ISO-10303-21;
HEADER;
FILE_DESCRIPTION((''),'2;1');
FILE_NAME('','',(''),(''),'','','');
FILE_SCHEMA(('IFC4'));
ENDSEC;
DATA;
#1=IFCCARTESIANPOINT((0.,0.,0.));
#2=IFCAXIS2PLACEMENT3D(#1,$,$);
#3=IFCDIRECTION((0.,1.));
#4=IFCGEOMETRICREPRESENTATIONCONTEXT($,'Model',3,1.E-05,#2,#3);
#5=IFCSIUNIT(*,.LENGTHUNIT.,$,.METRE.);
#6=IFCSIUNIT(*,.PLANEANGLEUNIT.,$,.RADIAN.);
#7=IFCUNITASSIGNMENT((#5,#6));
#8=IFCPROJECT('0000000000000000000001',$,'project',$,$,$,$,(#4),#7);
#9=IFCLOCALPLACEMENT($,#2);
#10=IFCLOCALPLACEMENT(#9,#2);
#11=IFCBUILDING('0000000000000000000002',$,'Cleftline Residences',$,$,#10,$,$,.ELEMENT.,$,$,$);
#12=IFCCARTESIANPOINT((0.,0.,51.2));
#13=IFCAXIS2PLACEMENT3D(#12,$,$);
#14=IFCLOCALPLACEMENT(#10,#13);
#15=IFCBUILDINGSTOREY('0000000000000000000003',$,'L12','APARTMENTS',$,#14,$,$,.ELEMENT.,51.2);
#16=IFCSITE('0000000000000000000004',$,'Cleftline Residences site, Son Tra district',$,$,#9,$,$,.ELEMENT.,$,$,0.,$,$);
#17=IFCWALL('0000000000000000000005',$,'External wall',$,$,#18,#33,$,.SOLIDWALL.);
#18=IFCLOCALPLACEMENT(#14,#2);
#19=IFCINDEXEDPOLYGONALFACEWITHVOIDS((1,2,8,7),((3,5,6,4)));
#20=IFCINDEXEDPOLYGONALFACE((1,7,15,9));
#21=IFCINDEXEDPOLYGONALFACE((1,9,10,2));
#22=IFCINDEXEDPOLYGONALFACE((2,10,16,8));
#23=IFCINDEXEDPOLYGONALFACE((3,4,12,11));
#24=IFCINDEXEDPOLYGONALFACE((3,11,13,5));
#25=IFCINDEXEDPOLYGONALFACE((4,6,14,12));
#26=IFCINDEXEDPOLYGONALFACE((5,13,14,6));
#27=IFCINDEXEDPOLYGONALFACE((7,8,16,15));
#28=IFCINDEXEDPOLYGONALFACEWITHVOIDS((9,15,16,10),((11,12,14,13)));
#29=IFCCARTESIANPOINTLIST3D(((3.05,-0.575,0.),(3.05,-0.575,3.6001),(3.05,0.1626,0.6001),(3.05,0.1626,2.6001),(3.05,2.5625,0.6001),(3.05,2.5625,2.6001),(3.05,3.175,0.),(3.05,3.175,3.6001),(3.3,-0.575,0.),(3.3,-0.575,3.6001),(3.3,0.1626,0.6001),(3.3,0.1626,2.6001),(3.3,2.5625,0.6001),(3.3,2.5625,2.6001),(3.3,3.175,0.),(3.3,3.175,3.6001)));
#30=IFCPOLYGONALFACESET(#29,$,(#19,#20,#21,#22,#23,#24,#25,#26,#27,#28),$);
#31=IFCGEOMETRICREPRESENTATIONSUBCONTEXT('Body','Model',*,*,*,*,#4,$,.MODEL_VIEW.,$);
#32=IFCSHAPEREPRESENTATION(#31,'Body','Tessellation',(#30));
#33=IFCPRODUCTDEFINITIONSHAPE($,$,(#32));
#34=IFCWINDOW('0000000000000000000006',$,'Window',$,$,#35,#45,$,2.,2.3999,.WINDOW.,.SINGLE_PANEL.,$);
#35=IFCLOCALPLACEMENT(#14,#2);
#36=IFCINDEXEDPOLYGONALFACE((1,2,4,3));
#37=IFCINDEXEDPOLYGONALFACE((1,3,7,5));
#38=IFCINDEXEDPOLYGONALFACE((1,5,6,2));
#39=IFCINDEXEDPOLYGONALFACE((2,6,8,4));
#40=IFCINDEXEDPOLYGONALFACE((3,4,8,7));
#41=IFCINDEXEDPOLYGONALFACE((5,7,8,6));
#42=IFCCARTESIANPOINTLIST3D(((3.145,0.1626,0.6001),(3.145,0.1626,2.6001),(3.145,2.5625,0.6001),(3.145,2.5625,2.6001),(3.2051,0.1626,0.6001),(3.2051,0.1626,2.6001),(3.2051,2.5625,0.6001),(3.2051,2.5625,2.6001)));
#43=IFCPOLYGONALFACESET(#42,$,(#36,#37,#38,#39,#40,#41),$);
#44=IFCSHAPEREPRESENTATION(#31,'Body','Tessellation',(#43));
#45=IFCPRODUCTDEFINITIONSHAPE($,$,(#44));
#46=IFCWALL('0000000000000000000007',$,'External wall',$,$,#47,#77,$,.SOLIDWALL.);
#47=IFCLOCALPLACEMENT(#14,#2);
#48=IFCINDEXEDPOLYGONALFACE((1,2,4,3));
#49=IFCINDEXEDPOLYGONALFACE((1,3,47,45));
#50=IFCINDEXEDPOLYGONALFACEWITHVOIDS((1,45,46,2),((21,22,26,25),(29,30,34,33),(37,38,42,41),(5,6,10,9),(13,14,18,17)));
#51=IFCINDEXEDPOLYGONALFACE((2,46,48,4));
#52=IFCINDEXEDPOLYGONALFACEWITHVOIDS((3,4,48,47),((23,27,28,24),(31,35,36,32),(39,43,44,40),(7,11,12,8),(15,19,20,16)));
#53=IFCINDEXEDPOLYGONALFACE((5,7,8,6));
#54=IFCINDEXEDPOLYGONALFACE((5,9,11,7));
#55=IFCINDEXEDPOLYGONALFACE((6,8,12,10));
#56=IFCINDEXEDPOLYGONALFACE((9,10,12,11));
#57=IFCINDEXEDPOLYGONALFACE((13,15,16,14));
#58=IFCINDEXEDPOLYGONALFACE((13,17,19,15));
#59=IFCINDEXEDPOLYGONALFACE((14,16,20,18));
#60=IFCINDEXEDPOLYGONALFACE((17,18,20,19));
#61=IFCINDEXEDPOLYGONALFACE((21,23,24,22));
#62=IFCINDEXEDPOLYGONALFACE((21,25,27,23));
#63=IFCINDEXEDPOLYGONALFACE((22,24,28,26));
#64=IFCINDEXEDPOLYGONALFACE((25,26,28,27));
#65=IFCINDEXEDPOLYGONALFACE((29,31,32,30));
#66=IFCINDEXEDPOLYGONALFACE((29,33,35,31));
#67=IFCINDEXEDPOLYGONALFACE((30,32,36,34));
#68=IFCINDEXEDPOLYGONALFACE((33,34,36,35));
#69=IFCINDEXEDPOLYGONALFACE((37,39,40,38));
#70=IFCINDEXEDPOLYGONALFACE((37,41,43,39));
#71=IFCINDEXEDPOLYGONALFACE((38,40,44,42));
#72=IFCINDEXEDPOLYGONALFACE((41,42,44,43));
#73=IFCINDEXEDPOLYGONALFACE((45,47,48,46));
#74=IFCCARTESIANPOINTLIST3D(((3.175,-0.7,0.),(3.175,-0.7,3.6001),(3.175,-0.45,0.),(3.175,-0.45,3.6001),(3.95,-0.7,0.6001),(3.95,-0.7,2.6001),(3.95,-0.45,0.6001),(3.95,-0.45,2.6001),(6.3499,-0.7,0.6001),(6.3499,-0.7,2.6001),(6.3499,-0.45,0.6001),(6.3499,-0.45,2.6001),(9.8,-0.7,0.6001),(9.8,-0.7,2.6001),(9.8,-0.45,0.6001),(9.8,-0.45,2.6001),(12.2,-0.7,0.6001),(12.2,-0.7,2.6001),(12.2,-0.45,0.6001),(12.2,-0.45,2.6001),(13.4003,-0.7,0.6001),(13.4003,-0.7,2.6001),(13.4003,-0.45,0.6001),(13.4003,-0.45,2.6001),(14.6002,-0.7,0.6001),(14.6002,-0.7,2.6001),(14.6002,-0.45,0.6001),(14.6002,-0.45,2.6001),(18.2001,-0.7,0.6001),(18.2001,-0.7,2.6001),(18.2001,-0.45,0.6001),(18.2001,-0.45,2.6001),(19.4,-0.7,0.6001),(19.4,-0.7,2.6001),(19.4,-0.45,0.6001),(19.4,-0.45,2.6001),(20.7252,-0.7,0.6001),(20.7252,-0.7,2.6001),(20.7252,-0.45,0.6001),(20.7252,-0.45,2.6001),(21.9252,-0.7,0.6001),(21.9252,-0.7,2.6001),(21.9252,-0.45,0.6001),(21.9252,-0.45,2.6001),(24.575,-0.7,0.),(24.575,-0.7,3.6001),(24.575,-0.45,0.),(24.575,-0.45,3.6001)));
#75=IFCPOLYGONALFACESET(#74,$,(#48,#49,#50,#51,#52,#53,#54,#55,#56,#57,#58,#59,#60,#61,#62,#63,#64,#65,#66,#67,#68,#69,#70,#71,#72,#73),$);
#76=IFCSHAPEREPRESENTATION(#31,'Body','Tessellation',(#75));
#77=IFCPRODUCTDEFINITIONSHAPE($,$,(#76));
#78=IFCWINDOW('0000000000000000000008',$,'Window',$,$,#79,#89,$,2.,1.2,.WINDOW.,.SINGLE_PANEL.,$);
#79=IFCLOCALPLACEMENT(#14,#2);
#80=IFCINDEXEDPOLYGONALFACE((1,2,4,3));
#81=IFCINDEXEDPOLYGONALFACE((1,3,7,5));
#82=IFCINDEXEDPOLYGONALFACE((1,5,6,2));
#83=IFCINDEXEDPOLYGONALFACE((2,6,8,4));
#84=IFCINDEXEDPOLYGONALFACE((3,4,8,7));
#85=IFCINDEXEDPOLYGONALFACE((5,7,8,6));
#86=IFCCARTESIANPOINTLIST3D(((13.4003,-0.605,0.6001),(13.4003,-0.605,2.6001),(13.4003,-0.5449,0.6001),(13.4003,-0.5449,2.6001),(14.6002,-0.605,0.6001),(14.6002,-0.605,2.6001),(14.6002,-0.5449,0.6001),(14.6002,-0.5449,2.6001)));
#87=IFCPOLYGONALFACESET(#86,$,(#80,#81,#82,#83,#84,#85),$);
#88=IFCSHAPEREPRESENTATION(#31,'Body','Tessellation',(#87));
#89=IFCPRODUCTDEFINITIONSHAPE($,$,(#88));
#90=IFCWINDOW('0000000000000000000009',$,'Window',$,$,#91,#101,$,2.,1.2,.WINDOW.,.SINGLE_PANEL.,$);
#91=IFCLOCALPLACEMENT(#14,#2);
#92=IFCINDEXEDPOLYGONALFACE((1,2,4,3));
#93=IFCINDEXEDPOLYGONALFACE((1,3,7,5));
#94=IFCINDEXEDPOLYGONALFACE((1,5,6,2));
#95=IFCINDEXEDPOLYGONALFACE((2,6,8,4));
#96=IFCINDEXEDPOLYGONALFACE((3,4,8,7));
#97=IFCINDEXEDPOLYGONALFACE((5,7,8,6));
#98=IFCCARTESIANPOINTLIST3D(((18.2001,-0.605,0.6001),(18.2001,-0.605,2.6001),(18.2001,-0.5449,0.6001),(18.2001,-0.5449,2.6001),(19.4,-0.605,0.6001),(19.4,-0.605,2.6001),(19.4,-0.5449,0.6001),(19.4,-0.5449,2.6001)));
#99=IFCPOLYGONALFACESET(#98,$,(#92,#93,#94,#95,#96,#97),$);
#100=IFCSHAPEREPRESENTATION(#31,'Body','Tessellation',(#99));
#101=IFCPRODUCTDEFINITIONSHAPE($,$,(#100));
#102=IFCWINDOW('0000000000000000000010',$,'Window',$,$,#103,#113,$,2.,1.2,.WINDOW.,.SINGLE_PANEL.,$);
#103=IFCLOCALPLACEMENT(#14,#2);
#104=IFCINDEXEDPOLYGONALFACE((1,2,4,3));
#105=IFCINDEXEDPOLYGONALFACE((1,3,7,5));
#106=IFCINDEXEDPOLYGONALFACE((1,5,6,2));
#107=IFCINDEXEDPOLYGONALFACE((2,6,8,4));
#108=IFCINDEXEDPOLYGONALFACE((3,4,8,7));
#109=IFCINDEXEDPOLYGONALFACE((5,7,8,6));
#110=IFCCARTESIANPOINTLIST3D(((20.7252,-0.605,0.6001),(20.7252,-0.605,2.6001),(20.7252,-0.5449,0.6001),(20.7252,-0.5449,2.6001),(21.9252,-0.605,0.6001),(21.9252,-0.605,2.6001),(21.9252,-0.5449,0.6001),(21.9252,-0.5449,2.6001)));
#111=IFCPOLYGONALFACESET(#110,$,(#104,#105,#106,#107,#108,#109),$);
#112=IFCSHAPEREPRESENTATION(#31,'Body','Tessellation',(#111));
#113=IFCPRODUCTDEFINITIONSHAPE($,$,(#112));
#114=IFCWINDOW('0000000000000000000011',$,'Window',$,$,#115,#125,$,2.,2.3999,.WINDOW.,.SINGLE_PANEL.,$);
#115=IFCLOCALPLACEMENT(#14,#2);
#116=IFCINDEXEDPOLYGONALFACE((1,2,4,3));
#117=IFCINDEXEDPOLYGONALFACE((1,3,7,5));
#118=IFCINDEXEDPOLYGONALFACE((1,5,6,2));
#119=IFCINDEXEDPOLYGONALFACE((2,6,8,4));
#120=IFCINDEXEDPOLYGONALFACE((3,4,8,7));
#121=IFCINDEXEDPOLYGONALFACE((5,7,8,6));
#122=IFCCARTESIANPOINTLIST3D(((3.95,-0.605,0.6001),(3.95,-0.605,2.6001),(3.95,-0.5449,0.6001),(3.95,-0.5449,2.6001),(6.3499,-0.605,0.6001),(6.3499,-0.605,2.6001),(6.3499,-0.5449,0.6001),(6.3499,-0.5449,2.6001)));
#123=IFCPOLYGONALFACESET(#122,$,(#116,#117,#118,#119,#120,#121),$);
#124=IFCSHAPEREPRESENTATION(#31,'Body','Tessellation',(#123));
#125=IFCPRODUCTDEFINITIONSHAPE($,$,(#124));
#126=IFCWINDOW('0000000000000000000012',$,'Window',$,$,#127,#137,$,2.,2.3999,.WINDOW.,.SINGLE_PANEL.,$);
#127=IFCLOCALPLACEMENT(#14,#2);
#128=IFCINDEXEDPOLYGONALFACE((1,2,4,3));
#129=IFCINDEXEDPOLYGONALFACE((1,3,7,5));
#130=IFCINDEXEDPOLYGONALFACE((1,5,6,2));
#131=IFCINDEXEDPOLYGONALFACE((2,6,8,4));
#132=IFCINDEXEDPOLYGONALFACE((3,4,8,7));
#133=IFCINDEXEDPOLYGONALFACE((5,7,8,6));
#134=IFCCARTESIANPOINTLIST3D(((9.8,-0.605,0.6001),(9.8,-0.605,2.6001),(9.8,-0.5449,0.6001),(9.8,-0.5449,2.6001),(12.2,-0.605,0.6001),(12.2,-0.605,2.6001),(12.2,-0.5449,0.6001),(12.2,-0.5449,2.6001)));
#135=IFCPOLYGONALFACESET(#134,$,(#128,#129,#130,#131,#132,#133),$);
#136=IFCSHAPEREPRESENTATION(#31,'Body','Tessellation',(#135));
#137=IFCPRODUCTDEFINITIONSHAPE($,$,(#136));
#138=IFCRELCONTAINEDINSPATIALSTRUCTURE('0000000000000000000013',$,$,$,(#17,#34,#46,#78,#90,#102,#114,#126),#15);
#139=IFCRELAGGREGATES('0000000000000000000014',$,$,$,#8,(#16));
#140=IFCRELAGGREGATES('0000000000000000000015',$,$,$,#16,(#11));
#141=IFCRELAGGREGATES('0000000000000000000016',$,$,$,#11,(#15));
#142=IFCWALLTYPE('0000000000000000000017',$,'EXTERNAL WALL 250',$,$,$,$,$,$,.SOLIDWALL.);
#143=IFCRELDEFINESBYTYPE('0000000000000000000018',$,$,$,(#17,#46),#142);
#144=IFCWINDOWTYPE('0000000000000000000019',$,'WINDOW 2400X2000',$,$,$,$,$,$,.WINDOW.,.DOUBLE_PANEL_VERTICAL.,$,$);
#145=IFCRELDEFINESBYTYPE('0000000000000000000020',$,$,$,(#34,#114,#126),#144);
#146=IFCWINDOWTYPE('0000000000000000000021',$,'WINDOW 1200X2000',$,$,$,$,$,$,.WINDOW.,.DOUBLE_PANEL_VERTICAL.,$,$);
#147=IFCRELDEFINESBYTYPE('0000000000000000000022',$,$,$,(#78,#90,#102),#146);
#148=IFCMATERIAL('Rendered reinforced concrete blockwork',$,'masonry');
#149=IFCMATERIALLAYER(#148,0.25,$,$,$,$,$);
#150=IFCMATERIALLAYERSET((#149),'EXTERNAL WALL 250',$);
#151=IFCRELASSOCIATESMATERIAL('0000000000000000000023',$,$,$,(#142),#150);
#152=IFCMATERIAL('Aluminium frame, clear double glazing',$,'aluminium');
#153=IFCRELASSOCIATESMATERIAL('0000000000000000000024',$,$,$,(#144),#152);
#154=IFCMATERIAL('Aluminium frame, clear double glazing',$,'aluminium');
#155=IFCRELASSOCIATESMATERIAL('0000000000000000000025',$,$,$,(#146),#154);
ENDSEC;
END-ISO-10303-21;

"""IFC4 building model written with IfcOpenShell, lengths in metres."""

from ifc_helpers import new_model, si_unit, direction, frame, frame_2d, origin, place, context, subcontext, project, spatial, rectangle, extrude, material, layer, layer_set, type_object, element, fill, save


model = new_model("IFC4")

# Units and contexts
model_context = context("Model", 3, precision=1e-05, world=origin(), true_north=direction((0.0, 1.0)))
body_context = subcontext(model_context, "Body", "Model", "MODEL_VIEW")
ifc_project = project(units=[si_unit("LENGTHUNIT", "METRE"), si_unit("PLANEANGLEUNIT", "RADIAN")], contexts=[model_context])

# Site, building, storey
site_placement = place(None, origin())
site = spatial("IfcSite", under=ifc_project, at=site_placement, Name="Cleftline Residences site, Son Tra district", CompositionType="ELEMENT", RefElevation=0.0)
building_placement = place(site_placement, origin())
building = spatial("IfcBuilding", under=site, at=building_placement, Name="Cleftline Residences", CompositionType="ELEMENT")
storey_placement = place(building_placement, frame((0.0, 0.0, 51.2)))
storey = spatial("IfcBuildingStorey", under=building, at=storey_placement, Name="L12", Description="APARTMENTS", CompositionType="ELEMENT", Elevation=51.2)

# Wall, opening, window
ifc_material_1 = material(Name="Rendered reinforced concrete blockwork", Category="masonry")
ifc_layer_1 = layer(ifc_material_1, 0.25)
ifc_layer_set_1 = layer_set([ifc_layer_1], Name="EXTERNAL WALL 250")
wall_type_1 = type_object("IfcWallType", Name="EXTERNAL WALL 250", PredefinedType="SOLIDWALL", material=ifc_layer_set_1)
wall_1_placement = place(storey_placement, frame((3.175, 3.175, 0.0), z_axis=(0.0, 0.0, 1.0), x_axis=(0.0, -1.0, 0.0)))
wall_1 = element("IfcWall", 1, at=wall_1_placement, inside=storey, type_object=wall_type_1, Name="External wall", PredefinedType="SOLIDWALL", context=body_context, shape_type="SweptSolid", body=[
    extrude(rectangle(XDim=3.75, YDim=0.25, at=frame_2d((1.875, 0.0))), origin(), (0.0, 0.0, 1.0), 3.6001),
])
opening_1_placement = place(wall_1_placement, frame((0.6125, 0.0, 0.6001)))
opening_1 = element("IfcOpeningElement", 2, at=opening_1_placement, cuts=wall_1, PredefinedType="OPENING", context=body_context, shape_type="SweptSolid", body=[
    extrude(rectangle(XDim=2.3999, YDim=2.0, at=frame_2d((1.2, 1.0))), frame((0.0, 0.135, 0.0), z_axis=(0.0, -1.0, 0.0), x_axis=(1.0, 0.0, 0.0)), (0.0, 0.0, 1.0), 0.27),
])
ifc_material_2 = material(Name="Aluminium frame, clear double glazing", Category="aluminium")
window_type_1 = type_object("IfcWindowType", Name="WINDOW 2400X2000", PartitioningType="DOUBLE_PANEL_VERTICAL", PredefinedType="WINDOW", material=ifc_material_2)
window_1_placement = place(opening_1_placement, origin())
window_1 = element("IfcWindow", 3, at=window_1_placement, inside=storey, type_object=window_type_1, Name="Window", OverallHeight=2.0, OverallWidth=2.3999, PartitioningType="SINGLE_PANEL", PredefinedType="WINDOW", context=body_context, shape_type="SweptSolid", body=[
    extrude(rectangle(XDim=2.3999, YDim=2.0, at=frame_2d((1.2, 1.0))), frame((0.0, 0.03, 0.0), z_axis=(0.0, -1.0, 0.0), x_axis=(1.0, 0.0, 0.0)), (0.0, 0.0, 1.0), 0.0601),
])
fill(opening_1, window_1)

# Wall, openings, windows
wall_2_placement = place(storey_placement, frame((3.175, -0.575, 0.0), z_axis=(0.0, 0.0, 1.0), x_axis=(1.0, 0.0, 0.0)))
wall_2 = element("IfcWall", 4, at=wall_2_placement, inside=storey, type_object=wall_type_1, Name="External wall", PredefinedType="SOLIDWALL", context=body_context, shape_type="SweptSolid", body=[
    extrude(rectangle(XDim=21.3999, YDim=0.25, at=frame_2d((10.7, 0.0))), origin(), (0.0, 0.0, 1.0), 3.6001),
])
opening_2_placement = place(wall_2_placement, frame((0.7749, 0.0, 0.6001)))
opening_2 = element("IfcOpeningElement", 5, at=opening_2_placement, cuts=wall_2, PredefinedType="OPENING", context=body_context, shape_type="SweptSolid", body=[
    extrude(rectangle(XDim=2.3999, YDim=2.0, at=frame_2d((1.2, 1.0))), frame((0.0, 0.135, 0.0), z_axis=(0.0, -1.0, 0.0), x_axis=(1.0, 0.0, 0.0)), (0.0, 0.0, 1.0), 0.27),
])
opening_3_placement = place(wall_2_placement, frame((6.625, 0.0, 0.6001)))
opening_3 = element("IfcOpeningElement", 6, at=opening_3_placement, cuts=wall_2, PredefinedType="OPENING", context=body_context, shape_type="SweptSolid", body=[
    extrude(rectangle(XDim=2.3999, YDim=2.0, at=frame_2d((1.2, 1.0))), frame((0.0, 0.135, 0.0), z_axis=(0.0, -1.0, 0.0), x_axis=(1.0, 0.0, 0.0)), (0.0, 0.0, 1.0), 0.27),
])
opening_4_placement = place(wall_2_placement, frame((10.2251, 0.0, 0.6001)))
opening_4 = element("IfcOpeningElement", 7, at=opening_4_placement, cuts=wall_2, PredefinedType="OPENING", context=body_context, shape_type="SweptSolid", body=[
    extrude(rectangle(XDim=1.2, YDim=2.0, at=frame_2d((0.6001, 1.0))), frame((0.0, 0.135, 0.0), z_axis=(0.0, -1.0, 0.0), x_axis=(1.0, 0.0, 0.0)), (0.0, 0.0, 1.0), 0.27),
])
opening_5_placement = place(wall_2_placement, frame((15.0249, 0.0, 0.6001)))
opening_5 = element("IfcOpeningElement", 8, at=opening_5_placement, cuts=wall_2, PredefinedType="OPENING", context=body_context, shape_type="SweptSolid", body=[
    extrude(rectangle(XDim=1.2, YDim=2.0, at=frame_2d((0.6001, 1.0))), frame((0.0, 0.135, 0.0), z_axis=(0.0, -1.0, 0.0), x_axis=(1.0, 0.0, 0.0)), (0.0, 0.0, 1.0), 0.27),
])
opening_6_placement = place(wall_2_placement, frame((17.55, 0.0, 0.6001)))
opening_6 = element("IfcOpeningElement", 9, at=opening_6_placement, cuts=wall_2, PredefinedType="OPENING", context=body_context, shape_type="SweptSolid", body=[
    extrude(rectangle(XDim=1.2, YDim=2.0, at=frame_2d((0.6001, 1.0))), frame((0.0, 0.135, 0.0), z_axis=(0.0, -1.0, 0.0), x_axis=(1.0, 0.0, 0.0)), (0.0, 0.0, 1.0), 0.27),
])
ifc_material_3 = material(Name="Aluminium frame, clear double glazing", Category="aluminium")
window_type_2 = type_object("IfcWindowType", Name="WINDOW 1200X2000", PartitioningType="DOUBLE_PANEL_VERTICAL", PredefinedType="WINDOW", material=ifc_material_3)
window_2_placement = place(opening_4_placement, origin())
window_2 = element("IfcWindow", 10, at=window_2_placement, inside=storey, type_object=window_type_2, Name="Window", OverallHeight=2.0, OverallWidth=1.2, PartitioningType="SINGLE_PANEL", PredefinedType="WINDOW", context=body_context, shape_type="SweptSolid", body=[
    extrude(rectangle(XDim=1.2, YDim=2.0, at=frame_2d((0.6001, 1.0))), frame((0.0, 0.03, 0.0), z_axis=(0.0, -1.0, 0.0), x_axis=(1.0, 0.0, 0.0)), (0.0, 0.0, 1.0), 0.0601),
])
fill(opening_4, window_2)
window_3_placement = place(opening_5_placement, origin())
window_3 = element("IfcWindow", 11, at=window_3_placement, inside=storey, type_object=window_type_2, Name="Window", OverallHeight=2.0, OverallWidth=1.2, PartitioningType="SINGLE_PANEL", PredefinedType="WINDOW", context=body_context, shape_type="SweptSolid", body=[
    extrude(rectangle(XDim=1.2, YDim=2.0, at=frame_2d((0.6001, 1.0))), frame((0.0, 0.03, 0.0), z_axis=(0.0, -1.0, 0.0), x_axis=(1.0, 0.0, 0.0)), (0.0, 0.0, 1.0), 0.0601),
])
fill(opening_5, window_3)
window_4_placement = place(opening_6_placement, origin())
window_4 = element("IfcWindow", 12, at=window_4_placement, inside=storey, type_object=window_type_2, Name="Window", OverallHeight=2.0, OverallWidth=1.2, PartitioningType="SINGLE_PANEL", PredefinedType="WINDOW", context=body_context, shape_type="SweptSolid", body=[
    extrude(rectangle(XDim=1.2, YDim=2.0, at=frame_2d((0.6001, 1.0))), frame((0.0, 0.03, 0.0), z_axis=(0.0, -1.0, 0.0), x_axis=(1.0, 0.0, 0.0)), (0.0, 0.0, 1.0), 0.0601),
])
fill(opening_6, window_4)
window_5_placement = place(opening_2_placement, origin())
window_5 = element("IfcWindow", 13, at=window_5_placement, inside=storey, type_object=window_type_1, Name="Window", OverallHeight=2.0, OverallWidth=2.3999, PartitioningType="SINGLE_PANEL", PredefinedType="WINDOW", context=body_context, shape_type="SweptSolid", body=[
    extrude(rectangle(XDim=2.3999, YDim=2.0, at=frame_2d((1.2, 1.0))), frame((0.0, 0.03, 0.0), z_axis=(0.0, -1.0, 0.0), x_axis=(1.0, 0.0, 0.0)), (0.0, 0.0, 1.0), 0.0601),
])
fill(opening_2, window_5)
window_6_placement = place(opening_3_placement, origin())
window_6 = element("IfcWindow", 14, at=window_6_placement, inside=storey, type_object=window_type_1, Name="Window", OverallHeight=2.0, OverallWidth=2.3999, PartitioningType="SINGLE_PANEL", PredefinedType="WINDOW", context=body_context, shape_type="SweptSolid", body=[
    extrude(rectangle(XDim=2.3999, YDim=2.0, at=frame_2d((1.2, 1.0))), frame((0.0, 0.03, 0.0), z_axis=(0.0, -1.0, 0.0), x_axis=(1.0, 0.0, 0.0)), (0.0, 0.0, 1.0), 0.0601),
])
fill(opening_3, window_6)

save(model, "model.ifc")
